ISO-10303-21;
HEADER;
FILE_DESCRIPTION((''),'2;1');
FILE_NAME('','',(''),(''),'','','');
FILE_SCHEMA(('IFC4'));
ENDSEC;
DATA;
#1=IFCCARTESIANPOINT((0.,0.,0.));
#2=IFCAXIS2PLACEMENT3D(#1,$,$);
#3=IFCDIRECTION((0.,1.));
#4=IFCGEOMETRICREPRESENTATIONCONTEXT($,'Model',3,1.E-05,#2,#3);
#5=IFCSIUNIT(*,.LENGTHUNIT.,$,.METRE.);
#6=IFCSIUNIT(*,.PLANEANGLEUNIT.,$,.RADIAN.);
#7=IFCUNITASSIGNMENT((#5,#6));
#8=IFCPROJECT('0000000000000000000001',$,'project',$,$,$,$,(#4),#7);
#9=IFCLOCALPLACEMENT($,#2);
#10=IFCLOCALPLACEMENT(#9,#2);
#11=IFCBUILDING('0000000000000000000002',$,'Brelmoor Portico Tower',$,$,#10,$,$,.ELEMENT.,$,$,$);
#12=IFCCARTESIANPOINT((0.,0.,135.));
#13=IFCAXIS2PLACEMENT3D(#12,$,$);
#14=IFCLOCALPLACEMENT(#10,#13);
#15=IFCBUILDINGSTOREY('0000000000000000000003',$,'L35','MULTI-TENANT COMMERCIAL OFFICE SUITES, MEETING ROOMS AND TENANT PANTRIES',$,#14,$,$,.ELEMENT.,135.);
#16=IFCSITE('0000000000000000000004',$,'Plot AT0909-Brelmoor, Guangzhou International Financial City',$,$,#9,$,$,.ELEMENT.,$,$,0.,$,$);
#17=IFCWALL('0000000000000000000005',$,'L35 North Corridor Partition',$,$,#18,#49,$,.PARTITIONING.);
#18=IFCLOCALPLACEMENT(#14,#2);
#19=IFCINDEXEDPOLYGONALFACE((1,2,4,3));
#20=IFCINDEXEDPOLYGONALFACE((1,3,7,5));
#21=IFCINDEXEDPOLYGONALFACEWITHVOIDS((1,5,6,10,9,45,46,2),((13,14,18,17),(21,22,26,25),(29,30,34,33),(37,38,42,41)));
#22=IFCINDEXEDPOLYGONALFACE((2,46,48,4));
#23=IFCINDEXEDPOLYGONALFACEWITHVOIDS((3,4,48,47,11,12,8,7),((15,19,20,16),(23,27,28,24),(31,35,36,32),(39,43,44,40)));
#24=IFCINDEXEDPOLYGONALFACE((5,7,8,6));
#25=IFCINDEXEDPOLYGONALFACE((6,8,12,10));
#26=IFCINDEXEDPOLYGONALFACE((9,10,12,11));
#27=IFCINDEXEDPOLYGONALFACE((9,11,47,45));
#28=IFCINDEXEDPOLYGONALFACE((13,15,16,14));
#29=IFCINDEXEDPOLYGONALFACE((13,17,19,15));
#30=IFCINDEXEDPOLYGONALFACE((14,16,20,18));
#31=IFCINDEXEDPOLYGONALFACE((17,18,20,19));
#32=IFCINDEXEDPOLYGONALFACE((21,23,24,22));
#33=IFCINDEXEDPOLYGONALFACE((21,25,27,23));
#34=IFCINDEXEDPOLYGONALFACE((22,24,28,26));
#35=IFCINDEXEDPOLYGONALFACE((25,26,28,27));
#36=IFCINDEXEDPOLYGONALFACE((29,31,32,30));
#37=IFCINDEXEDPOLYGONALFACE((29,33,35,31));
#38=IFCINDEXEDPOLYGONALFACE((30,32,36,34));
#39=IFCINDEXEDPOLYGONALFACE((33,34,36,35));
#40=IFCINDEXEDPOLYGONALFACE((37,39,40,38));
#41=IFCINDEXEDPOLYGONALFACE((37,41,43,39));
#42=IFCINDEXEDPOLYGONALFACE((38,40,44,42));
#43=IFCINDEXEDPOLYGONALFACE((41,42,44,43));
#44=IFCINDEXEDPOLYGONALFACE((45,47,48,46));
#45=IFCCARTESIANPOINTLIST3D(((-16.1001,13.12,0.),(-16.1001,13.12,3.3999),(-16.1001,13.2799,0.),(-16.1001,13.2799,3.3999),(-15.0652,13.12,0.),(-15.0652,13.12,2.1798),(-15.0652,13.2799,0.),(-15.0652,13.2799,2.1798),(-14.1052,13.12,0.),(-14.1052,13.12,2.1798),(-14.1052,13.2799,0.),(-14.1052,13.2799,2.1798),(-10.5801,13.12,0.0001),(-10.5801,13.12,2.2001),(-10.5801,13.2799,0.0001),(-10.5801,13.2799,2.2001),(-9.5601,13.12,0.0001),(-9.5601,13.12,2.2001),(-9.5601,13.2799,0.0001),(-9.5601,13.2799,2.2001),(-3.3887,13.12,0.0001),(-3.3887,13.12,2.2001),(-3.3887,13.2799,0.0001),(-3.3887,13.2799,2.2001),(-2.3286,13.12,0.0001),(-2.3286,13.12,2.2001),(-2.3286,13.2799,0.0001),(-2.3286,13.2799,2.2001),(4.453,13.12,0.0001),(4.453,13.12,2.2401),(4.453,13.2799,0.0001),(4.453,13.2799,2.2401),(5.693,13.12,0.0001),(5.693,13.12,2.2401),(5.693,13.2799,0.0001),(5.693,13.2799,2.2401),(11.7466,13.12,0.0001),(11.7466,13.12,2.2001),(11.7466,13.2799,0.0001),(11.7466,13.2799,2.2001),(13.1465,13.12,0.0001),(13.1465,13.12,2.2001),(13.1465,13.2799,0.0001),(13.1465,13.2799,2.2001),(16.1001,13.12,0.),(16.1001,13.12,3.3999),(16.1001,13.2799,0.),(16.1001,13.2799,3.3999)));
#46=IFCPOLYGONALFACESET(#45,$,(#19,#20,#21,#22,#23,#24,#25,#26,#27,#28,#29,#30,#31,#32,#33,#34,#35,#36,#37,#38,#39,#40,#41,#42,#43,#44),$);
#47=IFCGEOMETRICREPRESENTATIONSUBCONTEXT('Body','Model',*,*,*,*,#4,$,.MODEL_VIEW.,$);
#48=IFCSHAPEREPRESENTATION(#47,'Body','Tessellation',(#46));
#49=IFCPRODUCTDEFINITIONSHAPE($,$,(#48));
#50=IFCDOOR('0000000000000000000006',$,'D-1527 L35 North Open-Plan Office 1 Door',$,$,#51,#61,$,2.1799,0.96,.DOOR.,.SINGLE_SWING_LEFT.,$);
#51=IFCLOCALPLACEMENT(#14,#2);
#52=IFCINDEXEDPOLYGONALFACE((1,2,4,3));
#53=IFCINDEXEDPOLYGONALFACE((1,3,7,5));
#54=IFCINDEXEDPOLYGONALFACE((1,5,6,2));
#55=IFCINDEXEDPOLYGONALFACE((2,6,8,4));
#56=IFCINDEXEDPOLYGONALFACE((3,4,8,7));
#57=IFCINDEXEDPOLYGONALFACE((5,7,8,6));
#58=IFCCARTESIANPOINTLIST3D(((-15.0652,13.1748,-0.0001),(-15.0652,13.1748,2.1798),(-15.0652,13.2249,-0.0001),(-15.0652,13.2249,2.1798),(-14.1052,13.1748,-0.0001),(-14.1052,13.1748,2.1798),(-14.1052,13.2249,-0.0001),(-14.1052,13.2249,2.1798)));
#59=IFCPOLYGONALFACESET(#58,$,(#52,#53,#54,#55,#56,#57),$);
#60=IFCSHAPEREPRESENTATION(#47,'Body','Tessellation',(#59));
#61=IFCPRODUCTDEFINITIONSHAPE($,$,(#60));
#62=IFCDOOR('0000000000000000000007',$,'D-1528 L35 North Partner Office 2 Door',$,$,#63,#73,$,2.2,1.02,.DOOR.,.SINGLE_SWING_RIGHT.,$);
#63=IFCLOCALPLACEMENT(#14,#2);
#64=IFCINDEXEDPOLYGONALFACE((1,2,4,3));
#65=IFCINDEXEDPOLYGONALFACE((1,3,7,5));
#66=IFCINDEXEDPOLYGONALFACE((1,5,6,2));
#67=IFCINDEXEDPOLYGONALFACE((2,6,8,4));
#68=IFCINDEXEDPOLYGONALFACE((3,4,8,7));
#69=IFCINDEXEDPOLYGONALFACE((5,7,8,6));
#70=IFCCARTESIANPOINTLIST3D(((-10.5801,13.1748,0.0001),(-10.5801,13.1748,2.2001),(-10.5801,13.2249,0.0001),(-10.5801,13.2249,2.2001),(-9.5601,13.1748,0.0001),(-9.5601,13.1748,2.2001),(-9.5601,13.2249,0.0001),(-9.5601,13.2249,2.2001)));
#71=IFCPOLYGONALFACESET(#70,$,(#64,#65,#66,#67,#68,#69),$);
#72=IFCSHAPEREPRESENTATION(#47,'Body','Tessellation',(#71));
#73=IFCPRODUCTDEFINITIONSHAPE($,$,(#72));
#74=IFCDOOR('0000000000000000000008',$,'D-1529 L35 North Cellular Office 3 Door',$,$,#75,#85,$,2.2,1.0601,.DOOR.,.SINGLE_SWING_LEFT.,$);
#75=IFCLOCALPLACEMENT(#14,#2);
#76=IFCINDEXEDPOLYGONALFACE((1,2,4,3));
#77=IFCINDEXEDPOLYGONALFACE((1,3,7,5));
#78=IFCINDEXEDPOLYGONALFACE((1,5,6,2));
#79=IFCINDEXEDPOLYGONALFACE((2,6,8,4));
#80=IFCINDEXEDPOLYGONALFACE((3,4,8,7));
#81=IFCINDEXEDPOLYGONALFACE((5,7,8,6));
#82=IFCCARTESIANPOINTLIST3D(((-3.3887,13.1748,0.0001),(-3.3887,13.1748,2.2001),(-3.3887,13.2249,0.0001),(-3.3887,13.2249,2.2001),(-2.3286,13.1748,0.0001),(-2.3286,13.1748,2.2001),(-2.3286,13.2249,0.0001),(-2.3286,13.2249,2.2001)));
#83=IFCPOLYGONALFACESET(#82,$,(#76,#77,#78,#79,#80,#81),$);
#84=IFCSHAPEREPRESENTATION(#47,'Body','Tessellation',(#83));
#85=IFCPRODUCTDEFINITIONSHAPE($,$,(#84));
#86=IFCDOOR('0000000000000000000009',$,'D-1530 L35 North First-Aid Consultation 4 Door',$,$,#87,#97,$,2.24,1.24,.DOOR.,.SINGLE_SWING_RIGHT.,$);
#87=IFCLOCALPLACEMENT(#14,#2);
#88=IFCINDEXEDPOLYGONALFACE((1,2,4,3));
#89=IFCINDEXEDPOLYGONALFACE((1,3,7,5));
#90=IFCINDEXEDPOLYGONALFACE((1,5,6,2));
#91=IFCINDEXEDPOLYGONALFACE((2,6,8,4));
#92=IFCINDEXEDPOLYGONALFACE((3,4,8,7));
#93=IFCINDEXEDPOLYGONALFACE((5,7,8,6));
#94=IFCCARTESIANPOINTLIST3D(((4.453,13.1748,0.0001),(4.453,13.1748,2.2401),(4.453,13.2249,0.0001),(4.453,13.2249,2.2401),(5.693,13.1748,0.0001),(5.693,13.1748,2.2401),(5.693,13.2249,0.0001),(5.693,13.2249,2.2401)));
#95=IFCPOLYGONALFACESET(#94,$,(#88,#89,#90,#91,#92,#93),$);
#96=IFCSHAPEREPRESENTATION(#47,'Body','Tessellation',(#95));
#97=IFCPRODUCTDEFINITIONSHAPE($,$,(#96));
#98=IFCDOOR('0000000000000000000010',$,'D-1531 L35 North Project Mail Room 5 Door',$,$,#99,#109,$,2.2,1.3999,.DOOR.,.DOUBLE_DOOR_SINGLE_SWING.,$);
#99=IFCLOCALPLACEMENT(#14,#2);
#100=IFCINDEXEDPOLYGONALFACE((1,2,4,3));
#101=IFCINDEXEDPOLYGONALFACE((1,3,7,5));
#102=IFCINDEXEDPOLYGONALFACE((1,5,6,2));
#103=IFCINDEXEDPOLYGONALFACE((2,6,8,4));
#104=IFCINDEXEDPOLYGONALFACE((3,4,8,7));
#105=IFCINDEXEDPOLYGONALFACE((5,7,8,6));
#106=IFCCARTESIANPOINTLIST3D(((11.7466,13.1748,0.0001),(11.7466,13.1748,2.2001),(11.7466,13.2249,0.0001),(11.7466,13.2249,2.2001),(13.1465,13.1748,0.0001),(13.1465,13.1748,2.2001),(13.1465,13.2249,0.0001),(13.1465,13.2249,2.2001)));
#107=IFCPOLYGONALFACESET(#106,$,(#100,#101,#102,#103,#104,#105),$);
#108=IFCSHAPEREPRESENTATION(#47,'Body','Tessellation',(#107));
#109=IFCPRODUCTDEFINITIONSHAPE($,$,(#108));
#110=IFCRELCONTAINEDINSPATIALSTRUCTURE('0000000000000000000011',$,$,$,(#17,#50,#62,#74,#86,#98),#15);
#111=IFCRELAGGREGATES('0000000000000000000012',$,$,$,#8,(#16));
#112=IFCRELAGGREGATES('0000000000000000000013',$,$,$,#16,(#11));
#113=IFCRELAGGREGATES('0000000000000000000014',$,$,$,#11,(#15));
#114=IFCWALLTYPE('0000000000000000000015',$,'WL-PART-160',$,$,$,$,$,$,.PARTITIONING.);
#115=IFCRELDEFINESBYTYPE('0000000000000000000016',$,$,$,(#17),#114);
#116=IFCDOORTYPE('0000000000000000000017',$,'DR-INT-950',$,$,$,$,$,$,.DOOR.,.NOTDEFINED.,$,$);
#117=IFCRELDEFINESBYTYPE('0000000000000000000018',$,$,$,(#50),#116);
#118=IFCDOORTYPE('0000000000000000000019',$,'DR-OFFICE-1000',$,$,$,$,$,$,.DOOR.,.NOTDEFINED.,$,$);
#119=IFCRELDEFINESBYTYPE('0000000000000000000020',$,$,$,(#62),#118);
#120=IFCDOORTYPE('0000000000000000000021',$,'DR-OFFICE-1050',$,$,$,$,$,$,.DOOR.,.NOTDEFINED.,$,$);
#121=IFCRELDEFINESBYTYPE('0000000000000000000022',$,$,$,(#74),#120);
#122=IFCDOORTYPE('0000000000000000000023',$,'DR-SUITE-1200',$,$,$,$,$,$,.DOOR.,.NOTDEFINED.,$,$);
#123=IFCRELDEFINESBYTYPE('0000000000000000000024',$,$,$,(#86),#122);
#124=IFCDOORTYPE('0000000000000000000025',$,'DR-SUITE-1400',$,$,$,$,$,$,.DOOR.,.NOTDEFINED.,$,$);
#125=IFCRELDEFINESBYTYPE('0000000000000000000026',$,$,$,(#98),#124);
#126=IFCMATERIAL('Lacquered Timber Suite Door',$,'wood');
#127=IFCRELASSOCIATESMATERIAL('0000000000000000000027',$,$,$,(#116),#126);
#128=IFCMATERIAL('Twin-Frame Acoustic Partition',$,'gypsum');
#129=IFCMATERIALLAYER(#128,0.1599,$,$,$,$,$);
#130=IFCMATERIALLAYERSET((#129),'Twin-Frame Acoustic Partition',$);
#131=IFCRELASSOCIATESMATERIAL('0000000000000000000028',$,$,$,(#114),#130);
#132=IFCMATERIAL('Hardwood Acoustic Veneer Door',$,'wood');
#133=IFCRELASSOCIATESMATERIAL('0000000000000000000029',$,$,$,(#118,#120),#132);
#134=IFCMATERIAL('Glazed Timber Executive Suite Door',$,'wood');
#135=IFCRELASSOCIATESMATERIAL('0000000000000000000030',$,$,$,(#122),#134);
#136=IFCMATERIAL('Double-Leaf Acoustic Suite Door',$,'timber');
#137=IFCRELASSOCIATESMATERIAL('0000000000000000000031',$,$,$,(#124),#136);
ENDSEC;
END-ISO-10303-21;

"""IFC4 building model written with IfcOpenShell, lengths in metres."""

from ifc_helpers import new_model, si_unit, direction, frame, frame_2d, origin, place, context, subcontext, project, spatial, rectangle, extrude, material, layer, layer_set, type_object, element, fill, save


model = new_model("IFC4")

# Units and contexts
model_context = context("Model", 3, precision=1e-05, world=origin(), true_north=direction((0.0, 1.0)))
body_context = subcontext(model_context, "Body", "Model", "MODEL_VIEW")
ifc_project = project(units=[si_unit("LENGTHUNIT", "METRE"), si_unit("PLANEANGLEUNIT", "RADIAN")], contexts=[model_context])

# Site, building, storey
site_placement = place(None, origin())
site = spatial("IfcSite", under=ifc_project, at=site_placement, Name="Plot AT0909-Brelmoor, Guangzhou International Financial City", CompositionType="ELEMENT", RefElevation=0.0)
building_placement = place(site_placement, origin())
building = spatial("IfcBuilding", under=site, at=building_placement, Name="Brelmoor Portico Tower", CompositionType="ELEMENT")
storey_placement = place(building_placement, frame((0.0, 0.0, 135.0)))
storey = spatial("IfcBuildingStorey", under=building, at=storey_placement, Name="L35", Description="MULTI-TENANT COMMERCIAL OFFICE SUITES, MEETING ROOMS AND TENANT PANTRIES", CompositionType="ELEMENT", Elevation=135.0)

# Shared definitions
ifc_material_1 = material(Name="Lacquered Timber Suite Door", Category="wood")
door_type_1 = type_object("IfcDoorType", Name="DR-INT-950", OperationType="NOTDEFINED", PredefinedType="DOOR", material=ifc_material_1)

# Wall, openings, doors
ifc_material_2 = material(Name="Twin-Frame Acoustic Partition", Category="gypsum")
ifc_layer_1 = layer(ifc_material_2, 0.1599)
ifc_layer_set_1 = layer_set([ifc_layer_1], Name="Twin-Frame Acoustic Partition")
wall_type_1 = type_object("IfcWallType", Name="WL-PART-160", PredefinedType="PARTITIONING", material=ifc_layer_set_1)
wall_1_placement = place(storey_placement, frame((-16.1001, 13.2, 0.0), z_axis=(0.0, 0.0, 1.0), x_axis=(1.0, 0.0, 0.0)))
wall_1 = element("IfcWall", 1, at=wall_1_placement, inside=storey, type_object=wall_type_1, Name="L35 North Corridor Partition", PredefinedType="PARTITIONING", context=body_context, shape_type="SweptSolid", body=[
    extrude(rectangle(XDim=32.2002, YDim=0.1599, at=frame_2d((16.1001, 0.0))), origin(), (0.0, 0.0, 1.0), 3.3999),
])
opening_1_placement = place(wall_1_placement, frame((1.0349, 0.0, 0.0)))
opening_1 = element("IfcOpeningElement", 2, at=opening_1_placement, cuts=wall_1, PredefinedType="OPENING", context=body_context, shape_type="SweptSolid", body=[
    extrude(rectangle(XDim=0.96, YDim=2.1799, at=frame_2d((0.48, 1.0898))), frame((0.0, 0.0898, 0.0), z_axis=(0.0, -1.0, 0.0), x_axis=(1.0, 0.0, 0.0)), (0.0, 0.0, 1.0), 0.1799),
])
opening_2_placement = place(wall_1_placement, frame((5.52, 0.0, 0.0)))
opening_2 = element("IfcOpeningElement", 3, at=opening_2_placement, cuts=wall_1, PredefinedType="OPENING", context=body_context, shape_type="SweptSolid", body=[
    extrude(rectangle(XDim=1.02, YDim=2.2, at=frame_2d((0.51, 1.1001))), frame((0.0, 0.0898, 0.0), z_axis=(0.0, -1.0, 0.0), x_axis=(1.0, 0.0, 0.0)), (0.0, 0.0, 1.0), 0.1799),
])
opening_3_placement = place(wall_1_placement, frame((12.7114, 0.0, 0.0)))
opening_3 = element("IfcOpeningElement", 4, at=opening_3_placement, cuts=wall_1, PredefinedType="OPENING", context=body_context, shape_type="SweptSolid", body=[
    extrude(rectangle(XDim=1.0601, YDim=2.2, at=frame_2d((0.53, 1.1001))), frame((0.0, 0.0898, 0.0), z_axis=(0.0, -1.0, 0.0), x_axis=(1.0, 0.0, 0.0)), (0.0, 0.0, 1.0), 0.1799),
])
opening_4_placement = place(wall_1_placement, frame((20.553, 0.0, 0.0)))
opening_4 = element("IfcOpeningElement", 5, at=opening_4_placement, cuts=wall_1, PredefinedType="OPENING", context=body_context, shape_type="SweptSolid", body=[
    extrude(rectangle(XDim=1.24, YDim=2.24, at=frame_2d((0.6201, 1.1201))), frame((0.0, 0.0898, 0.0), z_axis=(0.0, -1.0, 0.0), x_axis=(1.0, 0.0, 0.0)), (0.0, 0.0, 1.0), 0.1799),
])
opening_5_placement = place(wall_1_placement, frame((27.8467, 0.0, 0.0)))
opening_5 = element("IfcOpeningElement", 6, at=opening_5_placement, cuts=wall_1, PredefinedType="OPENING", context=body_context, shape_type="SweptSolid", body=[
    extrude(rectangle(XDim=1.3999, YDim=2.2, at=frame_2d((0.7, 1.1001))), frame((0.0, 0.0898, 0.0), z_axis=(0.0, -1.0, 0.0), x_axis=(1.0, 0.0, 0.0)), (0.0, 0.0, 1.0), 0.1799),
])
door_1_placement = place(opening_1_placement, origin())
door_1 = element("IfcDoor", 7, at=door_1_placement, inside=storey, type_object=door_type_1, Name="D-1527 L35 North Open-Plan Office 1 Door", OperationType="SINGLE_SWING_LEFT", OverallHeight=2.1799, OverallWidth=0.96, PredefinedType="DOOR", context=body_context, shape_type="SweptSolid", body=[
    extrude(rectangle(XDim=0.96, YDim=2.1799, at=frame_2d((0.48, 1.0898))), frame((0.0, 0.0249, 0.0), z_axis=(0.0, -1.0, 0.0), x_axis=(1.0, 0.0, 0.0)), (0.0, 0.0, 1.0), 0.05),
])
fill(opening_1, door_1)
ifc_material_3 = material(Name="Hardwood Acoustic Veneer Door", Category="wood")
door_type_2 = type_object("IfcDoorType", Name="DR-OFFICE-1000", OperationType="NOTDEFINED", PredefinedType="DOOR", material=ifc_material_3)
door_2_placement = place(opening_2_placement, origin())
door_2 = element("IfcDoor", 8, at=door_2_placement, inside=storey, type_object=door_type_2, Name="D-1528 L35 North Partner Office 2 Door", OperationType="SINGLE_SWING_RIGHT", OverallHeight=2.2, OverallWidth=1.02, PredefinedType="DOOR", context=body_context, shape_type="SweptSolid", body=[
    extrude(rectangle(XDim=1.02, YDim=2.2, at=frame_2d((0.51, 1.1001))), frame((0.0, 0.0249, 0.0), z_axis=(0.0, -1.0, 0.0), x_axis=(1.0, 0.0, 0.0)), (0.0, 0.0, 1.0), 0.05),
])
fill(opening_2, door_2)
door_type_3 = type_object("IfcDoorType", Name="DR-OFFICE-1050", OperationType="NOTDEFINED", PredefinedType="DOOR", material=ifc_material_3)
door_3_placement = place(opening_3_placement, origin())
door_3 = element("IfcDoor", 9, at=door_3_placement, inside=storey, type_object=door_type_3, Name="D-1529 L35 North Cellular Office 3 Door", OperationType="SINGLE_SWING_LEFT", OverallHeight=2.2, OverallWidth=1.0601, PredefinedType="DOOR", context=body_context, shape_type="SweptSolid", body=[
    extrude(rectangle(XDim=1.0601, YDim=2.2, at=frame_2d((0.53, 1.1001))), frame((0.0, 0.0249, 0.0), z_axis=(0.0, -1.0, 0.0), x_axis=(1.0, 0.0, 0.0)), (0.0, 0.0, 1.0), 0.05),
])
fill(opening_3, door_3)
ifc_material_4 = material(Name="Glazed Timber Executive Suite Door", Category="wood")
door_type_4 = type_object("IfcDoorType", Name="DR-SUITE-1200", OperationType="NOTDEFINED", PredefinedType="DOOR", material=ifc_material_4)
door_4_placement = place(opening_4_placement, origin())
door_4 = element("IfcDoor", 10, at=door_4_placement, inside=storey, type_object=door_type_4, Name="D-1530 L35 North First-Aid Consultation 4 Door", OperationType="SINGLE_SWING_RIGHT", OverallHeight=2.24, OverallWidth=1.24, PredefinedType="DOOR", context=body_context, shape_type="SweptSolid", body=[
    extrude(rectangle(XDim=1.24, YDim=2.24, at=frame_2d((0.6201, 1.1201))), frame((0.0, 0.0249, 0.0), z_axis=(0.0, -1.0, 0.0), x_axis=(1.0, 0.0, 0.0)), (0.0, 0.0, 1.0), 0.05),
])
fill(opening_4, door_4)
ifc_material_5 = material(Name="Double-Leaf Acoustic Suite Door", Category="timber")
door_type_5 = type_object("IfcDoorType", Name="DR-SUITE-1400", OperationType="NOTDEFINED", PredefinedType="DOOR", material=ifc_material_5)
door_5_placement = place(opening_5_placement, origin())
door_5 = element("IfcDoor", 11, at=door_5_placement, inside=storey, type_object=door_type_5, Name="D-1531 L35 North Project Mail Room 5 Door", OperationType="DOUBLE_DOOR_SINGLE_SWING", OverallHeight=2.2, OverallWidth=1.3999, PredefinedType="DOOR", context=body_context, shape_type="SweptSolid", body=[
    extrude(rectangle(XDim=1.3999, YDim=2.2, at=frame_2d((0.7, 1.1001))), frame((0.0, 0.0249, 0.0), z_axis=(0.0, -1.0, 0.0), x_axis=(1.0, 0.0, 0.0)), (0.0, 0.0, 1.0), 0.05),
])
fill(opening_5, door_5)

save(model, "model.ifc")
